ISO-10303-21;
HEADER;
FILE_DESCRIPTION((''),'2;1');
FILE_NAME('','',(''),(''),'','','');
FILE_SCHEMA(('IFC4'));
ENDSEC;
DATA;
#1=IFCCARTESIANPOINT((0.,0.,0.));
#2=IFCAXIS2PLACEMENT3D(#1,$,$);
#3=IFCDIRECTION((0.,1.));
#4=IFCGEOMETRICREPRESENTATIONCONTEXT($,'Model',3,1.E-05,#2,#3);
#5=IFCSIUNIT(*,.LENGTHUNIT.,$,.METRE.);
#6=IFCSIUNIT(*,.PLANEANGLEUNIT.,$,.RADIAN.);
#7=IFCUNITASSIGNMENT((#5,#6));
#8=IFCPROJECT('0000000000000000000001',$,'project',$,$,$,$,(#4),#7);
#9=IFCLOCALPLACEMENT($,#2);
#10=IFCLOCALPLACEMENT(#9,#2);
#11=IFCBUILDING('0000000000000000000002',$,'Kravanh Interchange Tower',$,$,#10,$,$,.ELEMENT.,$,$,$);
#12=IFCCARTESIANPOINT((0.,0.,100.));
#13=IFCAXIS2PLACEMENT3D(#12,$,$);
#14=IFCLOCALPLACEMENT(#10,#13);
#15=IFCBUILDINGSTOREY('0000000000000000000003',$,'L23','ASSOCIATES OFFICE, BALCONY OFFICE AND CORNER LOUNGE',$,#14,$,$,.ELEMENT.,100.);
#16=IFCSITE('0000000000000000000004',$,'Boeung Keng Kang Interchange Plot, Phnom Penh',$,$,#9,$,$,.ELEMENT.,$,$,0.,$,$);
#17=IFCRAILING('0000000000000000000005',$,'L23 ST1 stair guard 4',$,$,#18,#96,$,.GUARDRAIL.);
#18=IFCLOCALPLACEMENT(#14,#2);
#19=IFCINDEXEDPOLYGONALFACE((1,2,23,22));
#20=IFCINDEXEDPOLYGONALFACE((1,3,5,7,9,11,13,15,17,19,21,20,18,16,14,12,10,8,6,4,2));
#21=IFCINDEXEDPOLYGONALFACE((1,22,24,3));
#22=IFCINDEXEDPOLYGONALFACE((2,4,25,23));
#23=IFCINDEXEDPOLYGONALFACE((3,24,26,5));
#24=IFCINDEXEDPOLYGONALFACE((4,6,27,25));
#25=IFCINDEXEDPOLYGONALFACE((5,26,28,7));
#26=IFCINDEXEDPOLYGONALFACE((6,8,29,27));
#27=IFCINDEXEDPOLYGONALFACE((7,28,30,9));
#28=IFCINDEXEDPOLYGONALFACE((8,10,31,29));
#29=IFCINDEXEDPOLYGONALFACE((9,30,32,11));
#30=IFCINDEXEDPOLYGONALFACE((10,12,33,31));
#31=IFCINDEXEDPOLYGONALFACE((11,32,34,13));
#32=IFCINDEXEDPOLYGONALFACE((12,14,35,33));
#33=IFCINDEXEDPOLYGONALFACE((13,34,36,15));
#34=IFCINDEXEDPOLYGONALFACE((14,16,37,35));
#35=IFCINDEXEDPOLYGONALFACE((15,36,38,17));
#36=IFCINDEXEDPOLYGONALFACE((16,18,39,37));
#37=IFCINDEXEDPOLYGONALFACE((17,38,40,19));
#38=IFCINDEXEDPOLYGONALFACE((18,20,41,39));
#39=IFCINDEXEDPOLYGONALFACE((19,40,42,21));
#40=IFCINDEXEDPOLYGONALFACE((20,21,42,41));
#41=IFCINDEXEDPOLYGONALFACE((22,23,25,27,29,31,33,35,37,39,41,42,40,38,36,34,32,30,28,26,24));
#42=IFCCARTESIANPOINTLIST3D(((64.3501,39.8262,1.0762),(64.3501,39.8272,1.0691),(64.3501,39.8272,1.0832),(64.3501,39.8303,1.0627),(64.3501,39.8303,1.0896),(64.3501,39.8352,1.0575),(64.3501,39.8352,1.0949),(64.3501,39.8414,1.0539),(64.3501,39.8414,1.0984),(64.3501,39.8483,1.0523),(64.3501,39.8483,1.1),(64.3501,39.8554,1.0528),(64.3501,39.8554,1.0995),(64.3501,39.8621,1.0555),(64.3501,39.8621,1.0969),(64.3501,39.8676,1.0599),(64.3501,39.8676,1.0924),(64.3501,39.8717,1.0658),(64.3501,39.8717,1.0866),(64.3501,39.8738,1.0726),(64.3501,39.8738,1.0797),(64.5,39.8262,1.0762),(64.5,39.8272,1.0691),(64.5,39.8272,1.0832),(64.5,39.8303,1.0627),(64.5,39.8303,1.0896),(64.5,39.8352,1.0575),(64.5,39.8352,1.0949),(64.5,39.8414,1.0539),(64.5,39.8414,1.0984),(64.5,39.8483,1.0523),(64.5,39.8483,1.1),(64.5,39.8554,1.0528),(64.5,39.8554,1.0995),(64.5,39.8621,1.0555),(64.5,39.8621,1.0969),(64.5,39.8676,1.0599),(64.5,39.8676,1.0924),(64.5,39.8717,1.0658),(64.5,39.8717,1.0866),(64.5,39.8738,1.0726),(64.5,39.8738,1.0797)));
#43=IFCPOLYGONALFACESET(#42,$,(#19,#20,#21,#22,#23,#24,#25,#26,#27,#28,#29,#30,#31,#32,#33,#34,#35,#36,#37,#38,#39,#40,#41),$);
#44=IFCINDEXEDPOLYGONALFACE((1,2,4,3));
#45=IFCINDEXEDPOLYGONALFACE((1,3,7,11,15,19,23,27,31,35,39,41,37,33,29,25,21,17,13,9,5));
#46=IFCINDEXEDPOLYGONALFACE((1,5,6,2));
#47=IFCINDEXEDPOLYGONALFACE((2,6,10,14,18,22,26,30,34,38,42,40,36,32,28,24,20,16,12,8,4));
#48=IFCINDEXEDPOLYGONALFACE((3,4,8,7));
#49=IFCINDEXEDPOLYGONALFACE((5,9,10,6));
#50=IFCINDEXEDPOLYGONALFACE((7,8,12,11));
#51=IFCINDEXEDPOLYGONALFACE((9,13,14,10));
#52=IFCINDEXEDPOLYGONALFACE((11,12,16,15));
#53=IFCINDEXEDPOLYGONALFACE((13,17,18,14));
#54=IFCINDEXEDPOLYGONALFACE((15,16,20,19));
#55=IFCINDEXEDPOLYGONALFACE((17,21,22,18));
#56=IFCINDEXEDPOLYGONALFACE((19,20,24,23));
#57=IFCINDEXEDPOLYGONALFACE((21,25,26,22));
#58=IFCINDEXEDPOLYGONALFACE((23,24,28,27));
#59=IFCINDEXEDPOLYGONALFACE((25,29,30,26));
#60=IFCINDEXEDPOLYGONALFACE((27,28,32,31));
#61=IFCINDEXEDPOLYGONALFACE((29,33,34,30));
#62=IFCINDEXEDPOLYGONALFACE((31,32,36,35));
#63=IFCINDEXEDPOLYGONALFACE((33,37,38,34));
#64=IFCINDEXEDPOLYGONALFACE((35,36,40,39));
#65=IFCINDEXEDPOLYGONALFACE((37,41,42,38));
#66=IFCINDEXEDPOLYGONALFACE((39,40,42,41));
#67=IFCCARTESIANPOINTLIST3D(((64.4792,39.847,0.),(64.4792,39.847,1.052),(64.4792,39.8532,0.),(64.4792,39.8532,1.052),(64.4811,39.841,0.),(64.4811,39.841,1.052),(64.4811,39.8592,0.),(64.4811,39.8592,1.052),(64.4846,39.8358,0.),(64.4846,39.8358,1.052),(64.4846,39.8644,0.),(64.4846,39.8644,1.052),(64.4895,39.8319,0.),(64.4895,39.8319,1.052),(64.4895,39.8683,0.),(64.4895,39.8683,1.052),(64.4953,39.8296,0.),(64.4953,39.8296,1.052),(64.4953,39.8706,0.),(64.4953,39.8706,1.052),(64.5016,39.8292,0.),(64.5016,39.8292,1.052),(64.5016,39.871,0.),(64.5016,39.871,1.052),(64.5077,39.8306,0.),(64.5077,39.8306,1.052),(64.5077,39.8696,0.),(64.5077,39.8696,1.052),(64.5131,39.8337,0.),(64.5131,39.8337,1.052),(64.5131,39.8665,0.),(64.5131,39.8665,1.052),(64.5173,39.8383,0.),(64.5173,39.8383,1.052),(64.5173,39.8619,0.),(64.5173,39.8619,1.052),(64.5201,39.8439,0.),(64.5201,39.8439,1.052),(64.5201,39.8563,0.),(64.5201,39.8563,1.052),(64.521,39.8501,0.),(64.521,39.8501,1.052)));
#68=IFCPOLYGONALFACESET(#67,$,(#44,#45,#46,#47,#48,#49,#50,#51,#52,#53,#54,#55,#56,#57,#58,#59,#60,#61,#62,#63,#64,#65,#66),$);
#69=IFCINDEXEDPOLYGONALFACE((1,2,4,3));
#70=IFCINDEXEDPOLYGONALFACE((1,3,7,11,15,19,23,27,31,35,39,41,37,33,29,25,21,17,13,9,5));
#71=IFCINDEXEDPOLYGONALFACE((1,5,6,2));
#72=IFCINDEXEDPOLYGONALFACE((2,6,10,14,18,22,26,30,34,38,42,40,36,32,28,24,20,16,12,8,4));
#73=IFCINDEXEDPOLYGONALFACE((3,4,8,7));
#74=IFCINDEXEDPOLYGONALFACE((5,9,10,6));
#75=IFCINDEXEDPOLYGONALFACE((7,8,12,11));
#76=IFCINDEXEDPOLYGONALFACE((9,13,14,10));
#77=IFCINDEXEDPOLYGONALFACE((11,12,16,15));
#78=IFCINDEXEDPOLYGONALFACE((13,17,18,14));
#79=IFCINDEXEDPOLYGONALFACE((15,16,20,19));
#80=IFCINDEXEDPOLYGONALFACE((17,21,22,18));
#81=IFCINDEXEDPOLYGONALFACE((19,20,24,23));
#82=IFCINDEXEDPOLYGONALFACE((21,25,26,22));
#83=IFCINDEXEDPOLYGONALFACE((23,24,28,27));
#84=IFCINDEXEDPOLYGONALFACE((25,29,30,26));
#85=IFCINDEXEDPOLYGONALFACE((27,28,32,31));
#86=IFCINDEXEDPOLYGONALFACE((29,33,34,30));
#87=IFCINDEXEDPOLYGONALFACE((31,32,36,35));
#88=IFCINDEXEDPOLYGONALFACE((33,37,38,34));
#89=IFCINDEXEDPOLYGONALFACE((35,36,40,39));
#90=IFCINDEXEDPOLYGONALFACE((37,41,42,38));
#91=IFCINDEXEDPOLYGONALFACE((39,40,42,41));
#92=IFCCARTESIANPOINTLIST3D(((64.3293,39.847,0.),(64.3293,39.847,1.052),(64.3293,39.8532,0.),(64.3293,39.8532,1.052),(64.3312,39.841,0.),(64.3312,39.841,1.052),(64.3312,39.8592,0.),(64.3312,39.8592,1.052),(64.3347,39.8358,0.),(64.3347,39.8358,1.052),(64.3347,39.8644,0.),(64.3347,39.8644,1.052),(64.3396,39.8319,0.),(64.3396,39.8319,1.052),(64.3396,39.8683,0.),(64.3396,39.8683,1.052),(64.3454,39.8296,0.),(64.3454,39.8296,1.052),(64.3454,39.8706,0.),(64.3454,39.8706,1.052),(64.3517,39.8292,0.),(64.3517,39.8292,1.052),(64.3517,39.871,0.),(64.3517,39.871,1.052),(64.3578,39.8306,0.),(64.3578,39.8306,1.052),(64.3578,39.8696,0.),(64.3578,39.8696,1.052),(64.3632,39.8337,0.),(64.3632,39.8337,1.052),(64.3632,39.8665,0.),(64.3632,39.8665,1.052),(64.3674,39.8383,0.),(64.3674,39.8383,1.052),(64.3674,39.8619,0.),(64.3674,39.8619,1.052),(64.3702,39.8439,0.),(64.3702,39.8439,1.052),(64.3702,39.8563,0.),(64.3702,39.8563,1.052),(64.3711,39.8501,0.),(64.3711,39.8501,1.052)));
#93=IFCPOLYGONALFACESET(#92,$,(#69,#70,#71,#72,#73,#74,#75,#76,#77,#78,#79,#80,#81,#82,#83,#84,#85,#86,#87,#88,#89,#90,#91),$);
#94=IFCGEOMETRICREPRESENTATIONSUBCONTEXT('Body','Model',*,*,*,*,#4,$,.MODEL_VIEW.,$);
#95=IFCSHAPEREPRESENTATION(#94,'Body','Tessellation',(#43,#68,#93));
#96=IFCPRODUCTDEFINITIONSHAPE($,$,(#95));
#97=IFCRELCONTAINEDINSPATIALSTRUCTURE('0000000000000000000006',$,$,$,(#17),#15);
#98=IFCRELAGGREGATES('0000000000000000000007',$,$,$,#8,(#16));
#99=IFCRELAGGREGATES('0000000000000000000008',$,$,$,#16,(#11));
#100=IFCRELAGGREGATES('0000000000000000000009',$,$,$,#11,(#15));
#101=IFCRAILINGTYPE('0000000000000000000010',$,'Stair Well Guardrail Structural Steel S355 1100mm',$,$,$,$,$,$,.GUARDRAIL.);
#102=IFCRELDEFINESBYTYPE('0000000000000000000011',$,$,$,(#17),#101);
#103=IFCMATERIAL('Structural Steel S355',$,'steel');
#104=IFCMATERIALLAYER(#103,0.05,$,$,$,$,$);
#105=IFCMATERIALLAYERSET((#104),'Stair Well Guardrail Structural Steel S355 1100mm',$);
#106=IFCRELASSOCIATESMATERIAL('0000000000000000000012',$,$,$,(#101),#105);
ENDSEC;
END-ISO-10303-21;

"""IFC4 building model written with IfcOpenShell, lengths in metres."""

from ifc_helpers import new_model, si_unit, direction, frame, origin, origin_2d, place, context, subcontext, project, spatial, circle, extrude, material, layer, layer_set, type_object, element, save


model = new_model("IFC4")

# Units and contexts
model_context = context("Model", 3, precision=1e-05, world=origin(), true_north=direction((0.0, 1.0)))
body_context = subcontext(model_context, "Body", "Model", "MODEL_VIEW")
ifc_project = project(units=[si_unit("LENGTHUNIT", "METRE"), si_unit("PLANEANGLEUNIT", "RADIAN")], contexts=[model_context])

# Site, building, storey
site_placement = place(None, origin())
site = spatial("IfcSite", under=ifc_project, at=site_placement, Name="Boeung Keng Kang Interchange Plot, Phnom Penh", CompositionType="ELEMENT", RefElevation=0.0)
building_placement = place(site_placement, origin())
building = spatial("IfcBuilding", under=site, at=building_placement, Name="Kravanh Interchange Tower", CompositionType="ELEMENT")
storey_placement = place(building_placement, frame((0.0, 0.0, 100.0)))
storey = spatial("IfcBuildingStorey", under=building, at=storey_placement, Name="L23", Description="ASSOCIATES OFFICE, BALCONY OFFICE AND CORNER LOUNGE", CompositionType="ELEMENT", Elevation=100.0)

# Railing
ifc_material_1 = material(Name="Structural Steel S355", Category="steel")
ifc_layer_1 = layer(ifc_material_1, 0.05)
ifc_layer_set_1 = layer_set([ifc_layer_1], Name="Stair Well Guardrail Structural Steel S355 1100mm")
railing_type_1 = type_object("IfcRailingType", Name="Stair Well Guardrail Structural Steel S355 1100mm", PredefinedType="GUARDRAIL", material=ifc_layer_set_1)
railing_1_placement = place(storey_placement, frame((64.5, 39.8501, 0.0)))
element("IfcRailing", 1, at=railing_1_placement, inside=storey, type_object=railing_type_1, Name="L23 ST1 stair guard 4", PredefinedType="GUARDRAIL", context=body_context, shape_type="SweptSolid", body=[
    extrude(circle(Radius=0.0239, at=origin_2d()), frame((0.0, 0.0, 1.0762), z_axis=(-1.0, 0.0, 0.0), x_axis=(0.0, -1.0, 0.0)), (0.0, 0.0, 1.0), 0.1499),
    extrude(circle(Radius=0.021, at=origin_2d()), origin(), (0.0, 0.0, 1.0), 1.052),
    extrude(circle(Radius=0.021, at=origin_2d()), frame((-0.1499, 0.0, 0.0)), (0.0, 0.0, 1.0), 1.052),
])

save(model, "model.ifc")
